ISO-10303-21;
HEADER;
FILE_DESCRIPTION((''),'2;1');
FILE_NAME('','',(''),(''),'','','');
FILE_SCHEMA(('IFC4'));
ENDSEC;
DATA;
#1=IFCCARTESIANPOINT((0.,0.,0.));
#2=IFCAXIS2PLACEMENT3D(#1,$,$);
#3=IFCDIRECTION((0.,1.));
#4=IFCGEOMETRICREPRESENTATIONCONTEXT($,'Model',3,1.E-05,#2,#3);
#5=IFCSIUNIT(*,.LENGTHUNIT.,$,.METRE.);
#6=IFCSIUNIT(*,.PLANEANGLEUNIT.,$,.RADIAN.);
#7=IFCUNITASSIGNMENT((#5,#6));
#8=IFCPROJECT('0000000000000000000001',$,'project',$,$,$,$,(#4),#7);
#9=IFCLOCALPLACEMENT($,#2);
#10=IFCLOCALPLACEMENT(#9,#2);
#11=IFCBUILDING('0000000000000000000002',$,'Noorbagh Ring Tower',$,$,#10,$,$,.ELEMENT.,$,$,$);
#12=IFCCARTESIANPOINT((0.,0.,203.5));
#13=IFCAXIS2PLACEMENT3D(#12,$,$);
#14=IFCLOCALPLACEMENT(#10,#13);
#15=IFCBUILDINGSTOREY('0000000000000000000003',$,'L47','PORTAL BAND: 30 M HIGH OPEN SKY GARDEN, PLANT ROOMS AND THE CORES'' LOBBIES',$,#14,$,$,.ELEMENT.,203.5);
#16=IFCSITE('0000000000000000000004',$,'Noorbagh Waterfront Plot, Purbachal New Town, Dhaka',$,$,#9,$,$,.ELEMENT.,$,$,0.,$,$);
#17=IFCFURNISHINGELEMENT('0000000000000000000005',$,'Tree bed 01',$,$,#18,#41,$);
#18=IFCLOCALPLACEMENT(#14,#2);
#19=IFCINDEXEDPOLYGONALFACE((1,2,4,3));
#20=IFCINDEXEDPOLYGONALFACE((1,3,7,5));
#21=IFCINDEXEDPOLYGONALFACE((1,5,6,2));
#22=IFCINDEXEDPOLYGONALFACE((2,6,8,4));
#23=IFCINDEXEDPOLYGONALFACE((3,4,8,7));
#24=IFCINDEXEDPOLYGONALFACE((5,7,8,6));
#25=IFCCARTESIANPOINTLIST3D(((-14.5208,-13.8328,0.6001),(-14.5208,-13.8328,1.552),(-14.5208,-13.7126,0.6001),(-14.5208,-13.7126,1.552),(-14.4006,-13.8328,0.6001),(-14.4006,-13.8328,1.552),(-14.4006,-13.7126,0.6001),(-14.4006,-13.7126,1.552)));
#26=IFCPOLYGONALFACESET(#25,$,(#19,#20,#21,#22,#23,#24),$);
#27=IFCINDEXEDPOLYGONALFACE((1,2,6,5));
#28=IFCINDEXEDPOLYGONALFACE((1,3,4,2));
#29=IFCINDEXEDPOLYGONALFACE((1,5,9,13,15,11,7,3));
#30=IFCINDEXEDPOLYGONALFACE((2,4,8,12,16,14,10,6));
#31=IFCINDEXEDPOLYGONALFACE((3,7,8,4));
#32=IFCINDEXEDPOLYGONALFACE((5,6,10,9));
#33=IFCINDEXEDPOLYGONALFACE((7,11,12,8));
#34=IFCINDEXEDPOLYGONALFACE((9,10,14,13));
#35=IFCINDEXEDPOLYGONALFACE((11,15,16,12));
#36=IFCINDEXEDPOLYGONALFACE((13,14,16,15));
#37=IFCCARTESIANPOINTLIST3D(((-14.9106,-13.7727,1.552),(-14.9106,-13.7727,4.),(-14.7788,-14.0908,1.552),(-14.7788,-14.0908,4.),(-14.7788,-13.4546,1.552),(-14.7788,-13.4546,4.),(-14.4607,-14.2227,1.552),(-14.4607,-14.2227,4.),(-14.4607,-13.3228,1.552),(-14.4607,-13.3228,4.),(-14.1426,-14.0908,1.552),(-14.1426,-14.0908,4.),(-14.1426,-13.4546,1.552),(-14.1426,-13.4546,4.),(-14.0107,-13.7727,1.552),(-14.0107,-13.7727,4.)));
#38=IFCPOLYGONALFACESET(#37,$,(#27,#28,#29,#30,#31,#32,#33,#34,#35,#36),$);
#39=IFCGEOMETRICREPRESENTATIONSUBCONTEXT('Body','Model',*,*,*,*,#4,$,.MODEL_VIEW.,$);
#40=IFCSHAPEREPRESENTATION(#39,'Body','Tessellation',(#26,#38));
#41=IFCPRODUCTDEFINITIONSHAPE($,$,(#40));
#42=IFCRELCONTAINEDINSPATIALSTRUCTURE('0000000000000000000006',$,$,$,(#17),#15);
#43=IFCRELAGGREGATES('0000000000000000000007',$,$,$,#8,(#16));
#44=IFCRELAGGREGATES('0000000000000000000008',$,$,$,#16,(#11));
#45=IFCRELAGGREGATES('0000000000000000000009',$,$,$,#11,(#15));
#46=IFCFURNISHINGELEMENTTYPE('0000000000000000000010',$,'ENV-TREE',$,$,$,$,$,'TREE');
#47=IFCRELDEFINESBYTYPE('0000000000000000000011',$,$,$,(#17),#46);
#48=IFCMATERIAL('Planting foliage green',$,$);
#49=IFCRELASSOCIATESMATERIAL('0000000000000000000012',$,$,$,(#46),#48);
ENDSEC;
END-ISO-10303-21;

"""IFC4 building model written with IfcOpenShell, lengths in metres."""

from ifc_helpers import new_model, si_unit, direction, frame, origin, origin_2d, place, context, subcontext, project, spatial, polyline, rectangle, outline, extrude, material, type_object, element, save


model = new_model("IFC4")

# Units and contexts
model_context = context("Model", 3, precision=1e-05, world=origin(), true_north=direction((0.0, 1.0)))
body_context = subcontext(model_context, "Body", "Model", "MODEL_VIEW")
ifc_project = project(units=[si_unit("LENGTHUNIT", "METRE"), si_unit("PLANEANGLEUNIT", "RADIAN")], contexts=[model_context])

# Site, building, storey
site_placement = place(None, origin())
site = spatial("IfcSite", under=ifc_project, at=site_placement, Name="Noorbagh Waterfront Plot, Purbachal New Town, Dhaka", CompositionType="ELEMENT", RefElevation=0.0)
building_placement = place(site_placement, origin())
building = spatial("IfcBuilding", under=site, at=building_placement, Name="Noorbagh Ring Tower", CompositionType="ELEMENT")
storey_placement = place(building_placement, frame((0.0, 0.0, 203.5)))
storey = spatial("IfcBuildingStorey", under=building, at=storey_placement, Name="L47", Description="PORTAL BAND: 30 M HIGH OPEN SKY GARDEN, PLANT ROOMS AND THE CORES' LOBBIES", CompositionType="ELEMENT", Elevation=203.5)

# Furnishing element
ifc_material_1 = material(Name="Planting foliage green")
furnishing_element_type = type_object("IfcFurnishingElementType", Name="ENV-TREE", ElementType="TREE", material=ifc_material_1)
furnishing_placement = place(storey_placement, frame((-14.4607, -13.7727, 0.6001), z_axis=(0.0, 0.0, 1.0), x_axis=(1.0, 0.0, 0.0)))
element("IfcFurnishingElement", 1, at=furnishing_placement, inside=storey, type_object=furnishing_element_type, Name="Tree bed 01", context=body_context, shape_type="SweptSolid", body=[
    extrude(rectangle(XDim=0.1201, YDim=0.1201, at=origin_2d()), origin(), (0.0, 0.0, 1.0), 0.9519),
    extrude(outline(polyline([(0.45, 0.0), (0.3181, 0.3181), (0.0, 0.45), (-0.3181, 0.3181), (-0.45, 0.0), (-0.3181, -0.3181), (0.0, -0.45), (0.3181, -0.3181), (0.45, 0.0)])), frame((0.0, 0.0, 0.9519)), (0.0, 0.0, 1.0), 2.448),
])

save(model, "model.ifc")
